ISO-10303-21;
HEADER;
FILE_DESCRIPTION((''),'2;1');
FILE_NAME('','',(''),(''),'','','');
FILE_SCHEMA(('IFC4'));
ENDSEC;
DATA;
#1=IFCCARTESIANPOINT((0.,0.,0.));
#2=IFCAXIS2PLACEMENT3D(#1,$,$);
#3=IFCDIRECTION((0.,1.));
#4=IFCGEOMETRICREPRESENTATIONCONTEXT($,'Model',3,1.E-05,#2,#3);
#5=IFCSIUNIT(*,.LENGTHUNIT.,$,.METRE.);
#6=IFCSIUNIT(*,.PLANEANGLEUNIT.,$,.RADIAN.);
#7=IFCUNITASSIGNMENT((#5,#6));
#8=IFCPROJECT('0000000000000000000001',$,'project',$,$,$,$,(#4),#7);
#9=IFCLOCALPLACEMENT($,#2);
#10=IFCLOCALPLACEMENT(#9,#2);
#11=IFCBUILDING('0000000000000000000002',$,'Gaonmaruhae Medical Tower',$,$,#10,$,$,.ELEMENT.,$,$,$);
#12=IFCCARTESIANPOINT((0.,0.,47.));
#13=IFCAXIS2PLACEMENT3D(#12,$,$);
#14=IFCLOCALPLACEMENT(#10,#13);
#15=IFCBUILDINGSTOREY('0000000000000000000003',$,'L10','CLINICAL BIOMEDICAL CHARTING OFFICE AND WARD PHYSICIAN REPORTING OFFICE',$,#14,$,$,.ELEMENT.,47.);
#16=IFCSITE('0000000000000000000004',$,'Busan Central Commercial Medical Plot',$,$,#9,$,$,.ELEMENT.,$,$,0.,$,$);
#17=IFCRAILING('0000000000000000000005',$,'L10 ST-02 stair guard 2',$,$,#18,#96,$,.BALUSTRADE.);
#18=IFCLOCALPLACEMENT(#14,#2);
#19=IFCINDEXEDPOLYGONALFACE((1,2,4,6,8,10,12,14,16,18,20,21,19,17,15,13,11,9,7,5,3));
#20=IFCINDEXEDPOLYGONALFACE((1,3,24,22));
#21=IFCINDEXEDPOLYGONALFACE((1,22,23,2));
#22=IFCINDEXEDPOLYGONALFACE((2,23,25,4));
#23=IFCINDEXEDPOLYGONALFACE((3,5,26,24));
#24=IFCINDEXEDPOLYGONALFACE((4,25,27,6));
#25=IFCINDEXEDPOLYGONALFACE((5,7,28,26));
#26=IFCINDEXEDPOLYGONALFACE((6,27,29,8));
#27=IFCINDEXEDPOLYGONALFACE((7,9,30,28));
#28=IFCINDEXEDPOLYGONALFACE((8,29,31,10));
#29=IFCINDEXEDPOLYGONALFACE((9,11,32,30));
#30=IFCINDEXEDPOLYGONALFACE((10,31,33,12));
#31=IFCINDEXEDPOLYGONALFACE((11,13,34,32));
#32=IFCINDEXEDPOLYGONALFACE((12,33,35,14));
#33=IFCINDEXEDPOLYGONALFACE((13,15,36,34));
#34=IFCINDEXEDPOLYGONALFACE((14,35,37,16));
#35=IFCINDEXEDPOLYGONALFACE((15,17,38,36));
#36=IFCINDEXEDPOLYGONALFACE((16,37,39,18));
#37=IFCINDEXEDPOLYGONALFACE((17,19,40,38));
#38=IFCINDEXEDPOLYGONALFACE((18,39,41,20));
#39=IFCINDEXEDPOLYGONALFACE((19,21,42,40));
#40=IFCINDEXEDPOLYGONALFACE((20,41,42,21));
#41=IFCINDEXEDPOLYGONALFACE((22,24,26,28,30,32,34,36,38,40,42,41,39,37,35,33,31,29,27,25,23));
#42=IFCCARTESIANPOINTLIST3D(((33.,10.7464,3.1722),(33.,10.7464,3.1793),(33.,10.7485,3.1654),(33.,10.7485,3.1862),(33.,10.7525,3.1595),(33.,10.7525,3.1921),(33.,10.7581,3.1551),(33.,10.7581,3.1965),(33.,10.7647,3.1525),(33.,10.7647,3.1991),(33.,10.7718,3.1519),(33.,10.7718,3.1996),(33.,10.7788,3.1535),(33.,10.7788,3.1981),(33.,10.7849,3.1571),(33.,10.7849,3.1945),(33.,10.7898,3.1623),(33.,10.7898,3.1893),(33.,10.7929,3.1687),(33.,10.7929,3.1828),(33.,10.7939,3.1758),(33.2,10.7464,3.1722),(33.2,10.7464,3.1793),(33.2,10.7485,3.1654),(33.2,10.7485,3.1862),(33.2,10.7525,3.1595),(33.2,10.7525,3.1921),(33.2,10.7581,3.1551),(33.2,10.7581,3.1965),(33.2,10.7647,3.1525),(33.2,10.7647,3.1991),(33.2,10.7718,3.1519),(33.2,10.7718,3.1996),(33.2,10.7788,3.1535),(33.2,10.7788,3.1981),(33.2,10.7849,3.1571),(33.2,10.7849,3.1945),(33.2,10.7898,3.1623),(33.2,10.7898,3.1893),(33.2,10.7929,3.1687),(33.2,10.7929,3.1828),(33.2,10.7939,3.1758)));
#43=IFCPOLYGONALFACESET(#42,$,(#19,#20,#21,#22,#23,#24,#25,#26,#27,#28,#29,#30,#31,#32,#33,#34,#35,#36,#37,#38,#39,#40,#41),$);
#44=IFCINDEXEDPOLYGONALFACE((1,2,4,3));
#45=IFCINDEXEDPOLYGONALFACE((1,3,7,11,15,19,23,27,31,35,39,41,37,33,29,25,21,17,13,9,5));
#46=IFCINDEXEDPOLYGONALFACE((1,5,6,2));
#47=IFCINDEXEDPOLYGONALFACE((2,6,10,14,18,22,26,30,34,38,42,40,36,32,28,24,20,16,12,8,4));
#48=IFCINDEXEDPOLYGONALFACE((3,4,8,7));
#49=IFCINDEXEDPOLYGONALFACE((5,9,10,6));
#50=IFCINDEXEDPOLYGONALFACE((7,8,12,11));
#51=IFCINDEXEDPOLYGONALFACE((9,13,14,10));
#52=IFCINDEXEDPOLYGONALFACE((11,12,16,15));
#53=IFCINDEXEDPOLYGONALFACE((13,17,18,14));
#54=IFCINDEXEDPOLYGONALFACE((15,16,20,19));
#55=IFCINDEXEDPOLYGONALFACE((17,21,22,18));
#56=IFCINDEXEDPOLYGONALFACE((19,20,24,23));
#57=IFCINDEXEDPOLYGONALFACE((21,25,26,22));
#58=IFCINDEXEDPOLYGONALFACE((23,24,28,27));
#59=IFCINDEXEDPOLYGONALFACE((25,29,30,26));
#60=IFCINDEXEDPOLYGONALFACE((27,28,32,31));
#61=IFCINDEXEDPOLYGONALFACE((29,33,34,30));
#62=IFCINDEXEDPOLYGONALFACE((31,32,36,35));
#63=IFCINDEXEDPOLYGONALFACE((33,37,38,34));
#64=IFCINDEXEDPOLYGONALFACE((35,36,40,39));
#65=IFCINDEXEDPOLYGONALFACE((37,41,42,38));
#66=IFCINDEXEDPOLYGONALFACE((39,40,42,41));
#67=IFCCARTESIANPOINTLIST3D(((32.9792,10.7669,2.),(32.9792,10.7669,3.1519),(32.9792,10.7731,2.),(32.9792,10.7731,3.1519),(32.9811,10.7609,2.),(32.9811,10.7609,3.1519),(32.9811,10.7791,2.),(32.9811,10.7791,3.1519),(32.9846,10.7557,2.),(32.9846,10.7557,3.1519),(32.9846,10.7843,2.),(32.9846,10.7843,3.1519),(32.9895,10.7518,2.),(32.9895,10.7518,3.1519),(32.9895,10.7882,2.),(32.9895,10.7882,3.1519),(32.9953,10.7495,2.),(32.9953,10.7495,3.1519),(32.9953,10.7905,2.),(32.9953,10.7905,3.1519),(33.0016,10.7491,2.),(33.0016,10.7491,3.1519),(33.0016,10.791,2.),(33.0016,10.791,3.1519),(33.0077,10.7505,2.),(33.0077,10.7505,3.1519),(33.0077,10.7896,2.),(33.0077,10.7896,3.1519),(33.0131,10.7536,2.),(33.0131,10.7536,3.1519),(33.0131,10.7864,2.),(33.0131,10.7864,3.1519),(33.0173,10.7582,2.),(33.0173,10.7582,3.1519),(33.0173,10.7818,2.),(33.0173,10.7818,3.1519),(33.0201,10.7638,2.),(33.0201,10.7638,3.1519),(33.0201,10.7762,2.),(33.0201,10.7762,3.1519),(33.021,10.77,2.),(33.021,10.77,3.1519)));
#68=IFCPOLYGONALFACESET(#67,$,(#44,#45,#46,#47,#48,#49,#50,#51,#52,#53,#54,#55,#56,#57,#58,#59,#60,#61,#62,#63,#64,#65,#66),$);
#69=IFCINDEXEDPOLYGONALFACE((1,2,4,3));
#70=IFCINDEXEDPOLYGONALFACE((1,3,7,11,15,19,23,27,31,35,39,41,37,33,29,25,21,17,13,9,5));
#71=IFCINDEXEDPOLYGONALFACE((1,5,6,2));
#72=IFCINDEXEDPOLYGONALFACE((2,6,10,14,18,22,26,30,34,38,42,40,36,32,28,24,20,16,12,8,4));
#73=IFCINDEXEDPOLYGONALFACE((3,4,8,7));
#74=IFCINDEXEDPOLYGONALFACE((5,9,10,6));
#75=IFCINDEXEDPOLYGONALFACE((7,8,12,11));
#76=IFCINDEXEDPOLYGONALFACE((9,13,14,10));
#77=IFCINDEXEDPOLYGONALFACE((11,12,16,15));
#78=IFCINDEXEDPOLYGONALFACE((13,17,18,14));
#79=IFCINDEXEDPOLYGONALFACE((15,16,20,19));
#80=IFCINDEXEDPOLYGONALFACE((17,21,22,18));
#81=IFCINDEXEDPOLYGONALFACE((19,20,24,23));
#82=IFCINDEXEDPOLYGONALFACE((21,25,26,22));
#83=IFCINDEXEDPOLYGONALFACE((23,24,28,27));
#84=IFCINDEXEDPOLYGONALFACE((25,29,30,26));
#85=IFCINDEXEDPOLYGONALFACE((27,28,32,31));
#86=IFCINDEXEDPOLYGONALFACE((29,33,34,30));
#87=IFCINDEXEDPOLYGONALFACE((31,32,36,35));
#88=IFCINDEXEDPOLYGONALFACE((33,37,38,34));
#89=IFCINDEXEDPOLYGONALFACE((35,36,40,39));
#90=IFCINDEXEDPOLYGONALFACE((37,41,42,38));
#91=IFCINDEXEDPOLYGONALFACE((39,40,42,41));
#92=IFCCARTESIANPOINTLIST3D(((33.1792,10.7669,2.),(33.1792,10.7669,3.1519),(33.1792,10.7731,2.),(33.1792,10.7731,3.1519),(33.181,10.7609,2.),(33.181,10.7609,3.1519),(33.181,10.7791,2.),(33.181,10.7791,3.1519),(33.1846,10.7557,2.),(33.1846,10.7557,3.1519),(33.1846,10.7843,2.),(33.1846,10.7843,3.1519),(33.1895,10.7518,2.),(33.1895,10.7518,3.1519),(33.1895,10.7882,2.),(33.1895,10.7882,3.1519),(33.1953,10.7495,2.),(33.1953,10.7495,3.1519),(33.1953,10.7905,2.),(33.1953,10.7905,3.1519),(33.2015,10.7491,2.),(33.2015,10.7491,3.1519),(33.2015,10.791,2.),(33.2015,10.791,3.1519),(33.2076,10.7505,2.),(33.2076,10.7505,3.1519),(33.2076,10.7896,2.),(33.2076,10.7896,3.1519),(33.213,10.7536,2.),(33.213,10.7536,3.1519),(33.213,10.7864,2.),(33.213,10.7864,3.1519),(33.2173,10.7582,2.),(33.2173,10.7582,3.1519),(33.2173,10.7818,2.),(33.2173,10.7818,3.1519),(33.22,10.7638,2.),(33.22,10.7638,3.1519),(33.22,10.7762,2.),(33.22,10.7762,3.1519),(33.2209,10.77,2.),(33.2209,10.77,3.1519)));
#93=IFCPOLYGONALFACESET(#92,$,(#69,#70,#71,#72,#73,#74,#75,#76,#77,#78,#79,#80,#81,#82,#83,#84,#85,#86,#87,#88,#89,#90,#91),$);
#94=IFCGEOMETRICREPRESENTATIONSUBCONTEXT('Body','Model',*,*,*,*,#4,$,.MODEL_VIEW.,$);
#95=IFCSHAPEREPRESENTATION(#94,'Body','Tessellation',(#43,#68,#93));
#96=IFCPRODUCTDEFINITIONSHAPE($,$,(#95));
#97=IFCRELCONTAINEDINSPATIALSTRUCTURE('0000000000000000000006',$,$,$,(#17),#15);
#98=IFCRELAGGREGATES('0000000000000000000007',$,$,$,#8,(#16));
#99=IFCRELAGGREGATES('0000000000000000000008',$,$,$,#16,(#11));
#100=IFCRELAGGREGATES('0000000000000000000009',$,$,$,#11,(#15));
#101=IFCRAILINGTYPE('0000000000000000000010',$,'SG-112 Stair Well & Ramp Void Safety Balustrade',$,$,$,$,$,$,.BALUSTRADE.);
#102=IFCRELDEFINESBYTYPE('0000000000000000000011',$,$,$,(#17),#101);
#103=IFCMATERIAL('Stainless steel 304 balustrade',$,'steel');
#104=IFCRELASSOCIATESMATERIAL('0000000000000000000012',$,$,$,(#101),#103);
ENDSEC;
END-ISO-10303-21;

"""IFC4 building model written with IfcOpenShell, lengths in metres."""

from ifc_helpers import new_model, si_unit, direction, frame, origin, origin_2d, place, context, subcontext, project, spatial, circle, extrude, material, type_object, element, save


model = new_model("IFC4")

# Units and contexts
model_context = context("Model", 3, precision=1e-05, world=origin(), true_north=direction((0.0, 1.0)))
body_context = subcontext(model_context, "Body", "Model", "MODEL_VIEW")
ifc_project = project(units=[si_unit("LENGTHUNIT", "METRE"), si_unit("PLANEANGLEUNIT", "RADIAN")], contexts=[model_context])

# Site, building, storey
site_placement = place(None, origin())
site = spatial("IfcSite", under=ifc_project, at=site_placement, Name="Busan Central Commercial Medical Plot", CompositionType="ELEMENT", RefElevation=0.0)
building_placement = place(site_placement, origin())
building = spatial("IfcBuilding", under=site, at=building_placement, Name="Gaonmaruhae Medical Tower", CompositionType="ELEMENT")
storey_placement = place(building_placement, frame((0.0, 0.0, 47.0)))
storey = spatial("IfcBuildingStorey", under=building, at=storey_placement, Name="L10", Description="CLINICAL BIOMEDICAL CHARTING OFFICE AND WARD PHYSICIAN REPORTING OFFICE", CompositionType="ELEMENT", Elevation=47.0)

# Railing
ifc_material_1 = material(Name="Stainless steel 304 balustrade", Category="steel")
railing_type_1 = type_object("IfcRailingType", Name="SG-112 Stair Well & Ramp Void Safety Balustrade", PredefinedType="BALUSTRADE", material=ifc_material_1)
railing_1_placement = place(storey_placement, frame((33.0, 10.77, 2.0)))
element("IfcRailing", 1, at=railing_1_placement, inside=storey, type_object=railing_type_1, Name="L10 ST-02 stair guard 2", PredefinedType="BALUSTRADE", context=body_context, shape_type="SweptSolid", body=[
    extrude(circle(Radius=0.0239, at=origin_2d()), frame((0.0, 0.0, 1.1758), z_axis=(1.0, 0.0, 0.0), x_axis=(0.0, 1.0, 0.0)), (0.0, 0.0, 1.0), 0.2),
    extrude(circle(Radius=0.021, at=origin_2d()), origin(), (0.0, 0.0, 1.0), 1.1519),
    extrude(circle(Radius=0.021, at=origin_2d()), frame((0.2, 0.0, 0.0)), (0.0, 0.0, 1.0), 1.1519),
])

save(model, "model.ifc")
